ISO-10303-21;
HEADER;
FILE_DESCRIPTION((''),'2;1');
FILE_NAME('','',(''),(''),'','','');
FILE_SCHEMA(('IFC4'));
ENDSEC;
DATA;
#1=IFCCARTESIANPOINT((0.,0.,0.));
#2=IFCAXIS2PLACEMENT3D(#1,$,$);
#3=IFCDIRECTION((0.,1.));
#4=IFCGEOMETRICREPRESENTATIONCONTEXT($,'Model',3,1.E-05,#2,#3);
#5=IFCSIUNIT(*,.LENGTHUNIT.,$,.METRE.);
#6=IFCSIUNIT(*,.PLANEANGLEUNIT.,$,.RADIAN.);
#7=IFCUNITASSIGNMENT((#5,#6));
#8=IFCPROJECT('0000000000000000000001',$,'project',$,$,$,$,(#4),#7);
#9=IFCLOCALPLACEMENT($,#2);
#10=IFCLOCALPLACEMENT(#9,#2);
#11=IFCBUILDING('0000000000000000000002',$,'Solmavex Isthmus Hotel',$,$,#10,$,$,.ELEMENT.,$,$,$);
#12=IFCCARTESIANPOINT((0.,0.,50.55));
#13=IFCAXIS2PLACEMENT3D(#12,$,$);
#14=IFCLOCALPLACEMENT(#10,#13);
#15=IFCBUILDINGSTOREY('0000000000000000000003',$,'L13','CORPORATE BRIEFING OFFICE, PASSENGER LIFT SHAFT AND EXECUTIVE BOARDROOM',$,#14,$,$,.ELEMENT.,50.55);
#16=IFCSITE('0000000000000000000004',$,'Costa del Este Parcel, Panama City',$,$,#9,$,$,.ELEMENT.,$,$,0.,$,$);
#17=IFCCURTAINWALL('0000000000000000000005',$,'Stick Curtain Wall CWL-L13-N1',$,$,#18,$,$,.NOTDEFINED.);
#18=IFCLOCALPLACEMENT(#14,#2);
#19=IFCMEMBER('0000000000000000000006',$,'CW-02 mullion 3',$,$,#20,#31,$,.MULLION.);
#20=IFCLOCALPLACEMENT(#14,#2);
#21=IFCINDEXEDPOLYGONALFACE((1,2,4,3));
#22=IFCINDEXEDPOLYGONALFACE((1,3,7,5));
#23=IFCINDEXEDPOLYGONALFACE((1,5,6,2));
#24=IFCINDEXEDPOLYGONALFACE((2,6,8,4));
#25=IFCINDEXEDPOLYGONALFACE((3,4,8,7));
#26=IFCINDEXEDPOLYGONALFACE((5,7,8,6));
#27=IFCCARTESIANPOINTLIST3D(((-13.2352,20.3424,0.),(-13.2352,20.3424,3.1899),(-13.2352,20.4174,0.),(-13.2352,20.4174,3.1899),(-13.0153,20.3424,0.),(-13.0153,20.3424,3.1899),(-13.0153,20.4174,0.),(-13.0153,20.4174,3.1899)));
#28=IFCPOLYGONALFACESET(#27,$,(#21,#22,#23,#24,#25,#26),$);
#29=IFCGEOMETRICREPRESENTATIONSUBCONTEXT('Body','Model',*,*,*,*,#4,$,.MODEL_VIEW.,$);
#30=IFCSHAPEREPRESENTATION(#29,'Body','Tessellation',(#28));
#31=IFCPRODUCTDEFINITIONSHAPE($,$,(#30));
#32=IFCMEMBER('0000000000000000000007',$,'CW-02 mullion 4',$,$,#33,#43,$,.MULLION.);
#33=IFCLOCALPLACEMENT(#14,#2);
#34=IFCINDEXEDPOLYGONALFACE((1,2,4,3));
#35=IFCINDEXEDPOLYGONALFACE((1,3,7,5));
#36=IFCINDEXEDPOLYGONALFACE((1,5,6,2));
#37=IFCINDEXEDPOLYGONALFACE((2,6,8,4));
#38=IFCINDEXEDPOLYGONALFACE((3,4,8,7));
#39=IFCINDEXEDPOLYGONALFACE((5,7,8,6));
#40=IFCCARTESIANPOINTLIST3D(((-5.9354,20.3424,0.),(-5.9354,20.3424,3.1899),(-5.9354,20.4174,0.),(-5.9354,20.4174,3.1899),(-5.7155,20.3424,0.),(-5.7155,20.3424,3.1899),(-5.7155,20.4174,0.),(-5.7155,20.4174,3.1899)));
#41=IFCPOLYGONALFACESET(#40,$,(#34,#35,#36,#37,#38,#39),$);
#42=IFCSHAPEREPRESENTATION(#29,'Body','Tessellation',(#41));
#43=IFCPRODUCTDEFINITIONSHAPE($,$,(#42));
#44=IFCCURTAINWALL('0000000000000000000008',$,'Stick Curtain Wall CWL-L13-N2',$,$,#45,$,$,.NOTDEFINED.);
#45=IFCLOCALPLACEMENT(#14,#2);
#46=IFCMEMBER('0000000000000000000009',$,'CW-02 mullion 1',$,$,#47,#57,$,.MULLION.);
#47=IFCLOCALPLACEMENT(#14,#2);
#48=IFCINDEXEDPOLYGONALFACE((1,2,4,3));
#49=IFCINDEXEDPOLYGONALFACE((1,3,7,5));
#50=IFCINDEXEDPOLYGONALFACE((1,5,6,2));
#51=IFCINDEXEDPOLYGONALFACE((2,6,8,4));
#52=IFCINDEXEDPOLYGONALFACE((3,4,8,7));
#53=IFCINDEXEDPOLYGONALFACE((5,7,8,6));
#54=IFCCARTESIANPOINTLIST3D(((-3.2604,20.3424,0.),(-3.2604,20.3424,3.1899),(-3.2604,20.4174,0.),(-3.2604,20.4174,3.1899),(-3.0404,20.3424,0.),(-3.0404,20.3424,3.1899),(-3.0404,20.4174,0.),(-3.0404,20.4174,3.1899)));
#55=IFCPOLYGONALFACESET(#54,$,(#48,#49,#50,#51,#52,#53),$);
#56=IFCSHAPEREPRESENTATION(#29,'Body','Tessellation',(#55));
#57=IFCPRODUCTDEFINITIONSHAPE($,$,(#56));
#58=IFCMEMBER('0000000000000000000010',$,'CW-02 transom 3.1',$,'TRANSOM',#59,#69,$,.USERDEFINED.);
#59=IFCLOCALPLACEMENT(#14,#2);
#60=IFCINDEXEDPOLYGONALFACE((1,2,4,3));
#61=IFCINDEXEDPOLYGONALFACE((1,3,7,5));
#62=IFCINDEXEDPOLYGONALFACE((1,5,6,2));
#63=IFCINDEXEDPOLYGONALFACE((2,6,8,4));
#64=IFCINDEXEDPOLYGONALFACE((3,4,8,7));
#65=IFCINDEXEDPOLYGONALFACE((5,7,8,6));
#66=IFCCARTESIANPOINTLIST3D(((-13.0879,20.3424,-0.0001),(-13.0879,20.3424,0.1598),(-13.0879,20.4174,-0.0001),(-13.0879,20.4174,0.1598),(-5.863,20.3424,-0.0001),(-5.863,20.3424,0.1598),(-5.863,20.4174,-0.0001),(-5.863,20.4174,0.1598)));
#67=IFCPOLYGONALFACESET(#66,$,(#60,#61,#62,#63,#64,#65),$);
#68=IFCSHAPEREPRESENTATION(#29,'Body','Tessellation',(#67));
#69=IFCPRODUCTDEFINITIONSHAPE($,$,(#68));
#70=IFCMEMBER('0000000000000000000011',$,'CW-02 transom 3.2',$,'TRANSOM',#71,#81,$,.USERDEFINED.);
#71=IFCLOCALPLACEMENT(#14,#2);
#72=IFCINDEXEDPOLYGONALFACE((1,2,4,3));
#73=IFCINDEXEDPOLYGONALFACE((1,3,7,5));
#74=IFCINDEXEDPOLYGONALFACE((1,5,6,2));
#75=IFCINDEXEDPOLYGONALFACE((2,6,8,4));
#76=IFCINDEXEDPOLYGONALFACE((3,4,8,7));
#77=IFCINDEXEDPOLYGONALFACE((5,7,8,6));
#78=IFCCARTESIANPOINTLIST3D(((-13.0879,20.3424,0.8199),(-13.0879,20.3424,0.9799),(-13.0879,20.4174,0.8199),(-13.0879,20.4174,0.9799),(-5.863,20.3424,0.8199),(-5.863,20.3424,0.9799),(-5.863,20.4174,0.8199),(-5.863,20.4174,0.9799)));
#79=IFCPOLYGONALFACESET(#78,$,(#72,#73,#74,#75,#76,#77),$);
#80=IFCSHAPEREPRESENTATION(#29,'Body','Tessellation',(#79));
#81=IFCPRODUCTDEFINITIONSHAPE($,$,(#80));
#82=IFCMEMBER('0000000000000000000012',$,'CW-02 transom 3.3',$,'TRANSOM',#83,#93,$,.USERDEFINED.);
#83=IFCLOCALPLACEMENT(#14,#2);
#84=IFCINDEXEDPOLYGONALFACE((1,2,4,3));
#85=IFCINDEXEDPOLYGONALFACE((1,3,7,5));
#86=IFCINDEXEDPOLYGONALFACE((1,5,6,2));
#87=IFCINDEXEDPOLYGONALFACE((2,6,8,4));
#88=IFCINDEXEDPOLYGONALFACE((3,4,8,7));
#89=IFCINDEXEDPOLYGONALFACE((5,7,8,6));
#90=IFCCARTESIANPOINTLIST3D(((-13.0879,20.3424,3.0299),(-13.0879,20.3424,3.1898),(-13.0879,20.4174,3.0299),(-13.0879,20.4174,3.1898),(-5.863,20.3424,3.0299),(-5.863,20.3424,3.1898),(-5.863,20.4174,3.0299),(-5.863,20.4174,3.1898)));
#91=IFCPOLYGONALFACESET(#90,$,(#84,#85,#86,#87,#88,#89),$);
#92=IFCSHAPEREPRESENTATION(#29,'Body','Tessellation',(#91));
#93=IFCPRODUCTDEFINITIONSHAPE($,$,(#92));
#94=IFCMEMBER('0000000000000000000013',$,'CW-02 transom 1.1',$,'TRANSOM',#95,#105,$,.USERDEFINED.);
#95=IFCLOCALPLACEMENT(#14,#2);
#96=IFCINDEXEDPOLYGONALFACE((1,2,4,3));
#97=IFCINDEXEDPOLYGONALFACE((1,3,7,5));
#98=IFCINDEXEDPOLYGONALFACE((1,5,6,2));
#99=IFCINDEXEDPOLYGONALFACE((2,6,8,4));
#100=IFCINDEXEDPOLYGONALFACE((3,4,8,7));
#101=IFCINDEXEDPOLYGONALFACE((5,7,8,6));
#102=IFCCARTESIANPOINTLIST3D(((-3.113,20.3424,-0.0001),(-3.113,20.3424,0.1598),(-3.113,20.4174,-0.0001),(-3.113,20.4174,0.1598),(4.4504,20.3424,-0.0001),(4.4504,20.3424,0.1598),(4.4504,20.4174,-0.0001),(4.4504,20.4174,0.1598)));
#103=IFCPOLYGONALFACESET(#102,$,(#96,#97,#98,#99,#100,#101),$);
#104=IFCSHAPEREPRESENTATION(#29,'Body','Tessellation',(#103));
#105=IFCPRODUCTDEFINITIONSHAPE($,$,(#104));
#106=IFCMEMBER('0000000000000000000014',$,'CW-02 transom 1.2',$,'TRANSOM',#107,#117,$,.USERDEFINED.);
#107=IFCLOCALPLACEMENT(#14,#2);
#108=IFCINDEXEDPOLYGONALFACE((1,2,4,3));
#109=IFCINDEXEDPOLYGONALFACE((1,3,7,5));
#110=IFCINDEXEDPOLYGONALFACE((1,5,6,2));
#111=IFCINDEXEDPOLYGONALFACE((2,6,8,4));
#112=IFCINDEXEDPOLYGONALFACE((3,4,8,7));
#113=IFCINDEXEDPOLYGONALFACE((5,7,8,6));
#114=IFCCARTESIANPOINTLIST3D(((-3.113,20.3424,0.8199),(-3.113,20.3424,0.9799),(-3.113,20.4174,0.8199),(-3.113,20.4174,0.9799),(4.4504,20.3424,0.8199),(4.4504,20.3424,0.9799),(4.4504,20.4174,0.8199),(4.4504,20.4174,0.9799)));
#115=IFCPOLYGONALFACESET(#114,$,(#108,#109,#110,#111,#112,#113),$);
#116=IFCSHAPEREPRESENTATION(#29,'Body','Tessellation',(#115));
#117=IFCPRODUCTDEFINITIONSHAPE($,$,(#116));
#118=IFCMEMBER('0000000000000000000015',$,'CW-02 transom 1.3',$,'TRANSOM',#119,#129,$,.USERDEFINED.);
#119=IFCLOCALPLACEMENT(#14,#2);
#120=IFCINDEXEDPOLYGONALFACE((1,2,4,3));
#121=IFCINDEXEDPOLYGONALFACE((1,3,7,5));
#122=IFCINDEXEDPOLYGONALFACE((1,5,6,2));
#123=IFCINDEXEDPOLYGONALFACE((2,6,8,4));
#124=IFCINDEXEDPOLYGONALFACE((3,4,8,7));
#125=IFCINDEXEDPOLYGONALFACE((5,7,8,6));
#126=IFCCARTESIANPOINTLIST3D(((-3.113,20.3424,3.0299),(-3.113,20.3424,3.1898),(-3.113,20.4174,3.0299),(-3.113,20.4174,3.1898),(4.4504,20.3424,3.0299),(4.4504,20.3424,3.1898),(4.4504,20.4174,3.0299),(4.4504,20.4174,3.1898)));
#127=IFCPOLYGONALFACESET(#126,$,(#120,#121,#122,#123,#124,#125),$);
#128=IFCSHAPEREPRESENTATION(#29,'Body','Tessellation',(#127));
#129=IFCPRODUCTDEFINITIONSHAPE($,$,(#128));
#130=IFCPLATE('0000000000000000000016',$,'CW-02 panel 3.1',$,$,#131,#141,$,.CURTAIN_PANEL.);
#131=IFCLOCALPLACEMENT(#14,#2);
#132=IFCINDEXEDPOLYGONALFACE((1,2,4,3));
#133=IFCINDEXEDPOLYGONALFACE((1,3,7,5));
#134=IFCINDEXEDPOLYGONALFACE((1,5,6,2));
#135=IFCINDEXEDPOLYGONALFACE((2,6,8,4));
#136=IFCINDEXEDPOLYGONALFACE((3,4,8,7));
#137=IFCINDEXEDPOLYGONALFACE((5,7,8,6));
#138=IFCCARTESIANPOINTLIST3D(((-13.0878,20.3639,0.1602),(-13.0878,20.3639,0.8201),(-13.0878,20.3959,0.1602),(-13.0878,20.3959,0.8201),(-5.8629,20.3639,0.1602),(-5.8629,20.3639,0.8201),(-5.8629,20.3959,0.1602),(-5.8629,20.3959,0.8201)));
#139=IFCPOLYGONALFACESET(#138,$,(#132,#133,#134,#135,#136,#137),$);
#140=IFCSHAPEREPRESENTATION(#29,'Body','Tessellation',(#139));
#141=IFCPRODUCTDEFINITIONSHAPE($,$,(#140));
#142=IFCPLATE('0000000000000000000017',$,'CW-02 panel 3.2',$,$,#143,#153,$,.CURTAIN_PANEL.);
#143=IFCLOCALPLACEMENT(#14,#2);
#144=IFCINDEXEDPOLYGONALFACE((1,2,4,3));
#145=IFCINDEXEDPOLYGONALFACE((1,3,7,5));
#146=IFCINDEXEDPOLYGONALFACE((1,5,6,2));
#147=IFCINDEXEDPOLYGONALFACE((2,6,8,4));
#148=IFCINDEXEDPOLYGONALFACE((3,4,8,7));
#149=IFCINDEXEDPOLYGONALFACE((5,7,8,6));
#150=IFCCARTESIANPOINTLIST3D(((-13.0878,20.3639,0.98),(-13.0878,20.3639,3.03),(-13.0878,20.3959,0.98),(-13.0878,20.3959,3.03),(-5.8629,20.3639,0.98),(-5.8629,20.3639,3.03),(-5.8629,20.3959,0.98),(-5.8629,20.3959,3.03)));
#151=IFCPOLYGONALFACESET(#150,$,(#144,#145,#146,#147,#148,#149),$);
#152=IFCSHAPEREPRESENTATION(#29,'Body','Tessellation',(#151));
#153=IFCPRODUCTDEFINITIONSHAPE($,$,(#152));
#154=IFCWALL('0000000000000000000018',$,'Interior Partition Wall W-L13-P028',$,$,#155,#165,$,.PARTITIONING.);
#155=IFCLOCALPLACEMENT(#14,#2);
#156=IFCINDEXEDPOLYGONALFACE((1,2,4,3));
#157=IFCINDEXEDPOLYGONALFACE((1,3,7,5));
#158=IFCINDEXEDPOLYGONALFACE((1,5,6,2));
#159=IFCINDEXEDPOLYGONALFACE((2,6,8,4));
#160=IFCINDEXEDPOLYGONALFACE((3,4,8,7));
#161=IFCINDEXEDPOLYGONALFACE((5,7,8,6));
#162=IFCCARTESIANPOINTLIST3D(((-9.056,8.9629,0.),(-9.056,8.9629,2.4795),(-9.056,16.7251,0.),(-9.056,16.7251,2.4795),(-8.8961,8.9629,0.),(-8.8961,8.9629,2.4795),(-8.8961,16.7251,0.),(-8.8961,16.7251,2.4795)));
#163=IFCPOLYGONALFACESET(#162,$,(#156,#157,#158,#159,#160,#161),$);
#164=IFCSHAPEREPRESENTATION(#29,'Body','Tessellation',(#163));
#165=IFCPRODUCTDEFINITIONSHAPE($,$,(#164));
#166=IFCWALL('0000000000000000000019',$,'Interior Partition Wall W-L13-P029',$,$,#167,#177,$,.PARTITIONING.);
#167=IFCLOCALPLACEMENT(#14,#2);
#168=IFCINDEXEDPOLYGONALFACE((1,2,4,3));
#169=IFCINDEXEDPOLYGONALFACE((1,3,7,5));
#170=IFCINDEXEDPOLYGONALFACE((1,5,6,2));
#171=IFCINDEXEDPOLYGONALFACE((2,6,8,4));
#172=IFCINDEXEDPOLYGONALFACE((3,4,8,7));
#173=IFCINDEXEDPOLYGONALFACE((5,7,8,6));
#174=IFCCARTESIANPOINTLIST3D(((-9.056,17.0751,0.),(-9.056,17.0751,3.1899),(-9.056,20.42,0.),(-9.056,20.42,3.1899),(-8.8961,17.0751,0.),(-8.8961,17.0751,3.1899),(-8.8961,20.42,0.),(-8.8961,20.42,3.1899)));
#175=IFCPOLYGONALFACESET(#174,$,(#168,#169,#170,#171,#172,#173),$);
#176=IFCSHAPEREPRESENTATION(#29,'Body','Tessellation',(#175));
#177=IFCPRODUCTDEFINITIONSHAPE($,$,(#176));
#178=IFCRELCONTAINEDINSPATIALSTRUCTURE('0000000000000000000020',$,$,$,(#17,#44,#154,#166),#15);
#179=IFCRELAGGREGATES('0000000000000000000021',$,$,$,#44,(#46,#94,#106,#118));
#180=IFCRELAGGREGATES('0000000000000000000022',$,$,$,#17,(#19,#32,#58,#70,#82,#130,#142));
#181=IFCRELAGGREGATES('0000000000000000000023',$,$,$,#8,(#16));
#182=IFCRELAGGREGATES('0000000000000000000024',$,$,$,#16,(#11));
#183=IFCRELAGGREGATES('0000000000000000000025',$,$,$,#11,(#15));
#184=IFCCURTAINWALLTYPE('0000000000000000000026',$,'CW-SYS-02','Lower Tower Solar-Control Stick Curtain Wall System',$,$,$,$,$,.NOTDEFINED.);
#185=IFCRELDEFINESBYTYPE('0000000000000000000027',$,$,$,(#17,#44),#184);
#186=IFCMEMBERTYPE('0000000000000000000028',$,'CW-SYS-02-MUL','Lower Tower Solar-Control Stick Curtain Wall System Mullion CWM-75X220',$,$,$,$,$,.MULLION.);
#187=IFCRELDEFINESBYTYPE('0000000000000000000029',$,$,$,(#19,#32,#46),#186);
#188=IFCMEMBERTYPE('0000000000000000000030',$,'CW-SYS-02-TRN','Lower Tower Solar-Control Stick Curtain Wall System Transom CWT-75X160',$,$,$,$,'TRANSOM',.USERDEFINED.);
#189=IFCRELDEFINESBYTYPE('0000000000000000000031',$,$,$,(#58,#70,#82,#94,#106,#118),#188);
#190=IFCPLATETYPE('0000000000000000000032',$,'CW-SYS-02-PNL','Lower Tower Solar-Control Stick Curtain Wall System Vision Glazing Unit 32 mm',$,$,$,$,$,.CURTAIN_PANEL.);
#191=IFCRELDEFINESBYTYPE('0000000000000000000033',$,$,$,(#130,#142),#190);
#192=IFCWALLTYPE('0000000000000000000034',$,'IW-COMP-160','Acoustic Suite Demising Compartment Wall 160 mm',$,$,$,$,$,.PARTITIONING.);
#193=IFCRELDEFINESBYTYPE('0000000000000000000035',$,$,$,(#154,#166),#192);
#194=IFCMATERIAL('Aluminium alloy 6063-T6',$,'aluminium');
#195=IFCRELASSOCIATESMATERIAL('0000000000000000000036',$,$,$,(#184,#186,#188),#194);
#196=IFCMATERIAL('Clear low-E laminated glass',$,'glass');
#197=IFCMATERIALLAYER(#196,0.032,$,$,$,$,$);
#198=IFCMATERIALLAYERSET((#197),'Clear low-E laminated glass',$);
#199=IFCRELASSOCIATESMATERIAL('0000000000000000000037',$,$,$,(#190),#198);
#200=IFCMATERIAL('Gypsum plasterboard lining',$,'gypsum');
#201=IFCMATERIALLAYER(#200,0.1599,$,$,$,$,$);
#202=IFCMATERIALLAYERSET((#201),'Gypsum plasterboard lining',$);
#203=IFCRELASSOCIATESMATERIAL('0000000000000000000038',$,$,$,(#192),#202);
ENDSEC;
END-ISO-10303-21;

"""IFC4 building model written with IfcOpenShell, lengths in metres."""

from ifc_helpers import new_model, si_unit, direction, frame, frame_2d, origin, origin_2d, place, context, subcontext, project, spatial, rectangle, extrude, material, layer, layer_set, material_profile, profile_set, type_object, element, aggregate, save


model = new_model("IFC4")

# Units and contexts
model_context = context("Model", 3, precision=1e-05, world=origin(), true_north=direction((0.0, 1.0)))
body_context = subcontext(model_context, "Body", "Model", "MODEL_VIEW")
ifc_project = project(units=[si_unit("LENGTHUNIT", "METRE"), si_unit("PLANEANGLEUNIT", "RADIAN")], contexts=[model_context])

# Site, building, storey
site_placement = place(None, origin())
site = spatial("IfcSite", under=ifc_project, at=site_placement, Name="Costa del Este Parcel, Panama City", CompositionType="ELEMENT", RefElevation=0.0)
building_placement = place(site_placement, origin())
building = spatial("IfcBuilding", under=site, at=building_placement, Name="Solmavex Isthmus Hotel", CompositionType="ELEMENT")
storey_placement = place(building_placement, frame((0.0, 0.0, 50.55)))
storey = spatial("IfcBuildingStorey", under=building, at=storey_placement, Name="L13", Description="CORPORATE BRIEFING OFFICE, PASSENGER LIFT SHAFT AND EXECUTIVE BOARDROOM", CompositionType="ELEMENT", Elevation=50.55)

# Curtain wall, members
ifc_material_1 = material(Name="Aluminium alloy 6063-T6", Category="aluminium")
curtain_wall_type = type_object("IfcCurtainWallType", Name="CW-SYS-02", Description="Lower Tower Solar-Control Stick Curtain Wall System", PredefinedType="NOTDEFINED", material=ifc_material_1)
curtain_wall_1_placement = place(storey_placement, origin())
curtain_wall_1 = element("IfcCurtainWall", 1, at=curtain_wall_1_placement, inside=storey, type_object=curtain_wall_type, Name="Stick Curtain Wall CWL-L13-N1", PredefinedType="NOTDEFINED")
ifc_material_profile_1 = material_profile(ifc_material_1, rectangle(XDim=0.075, YDim=0.22, at=origin_2d()), Name="CWM-75X220")
ifc_profile_set_1 = profile_set([ifc_material_profile_1], Name="Aluminium alloy 6063-T6")
member_type_1 = type_object("IfcMemberType", Name="CW-SYS-02-MUL", Description="Lower Tower Solar-Control Stick Curtain Wall System Mullion CWM-75X220", PredefinedType="MULLION", material=ifc_profile_set_1)
member_1_placement = place(storey_placement, frame((-13.1252, 20.3799, 0.0), z_axis=(0.0, 0.0, 1.0), x_axis=(0.0, 1.0, 0.0)))
member_1 = element("IfcMember", 2, at=member_1_placement, type_object=member_type_1, Name="CW-02 mullion 3", PredefinedType="MULLION", context=body_context, shape_type="SweptSolid", body=[
    extrude(rectangle(XDim=0.075, YDim=0.22, at=origin_2d()), origin(), (0.0, 0.0, 1.0), 3.1899),
])
member_2_placement = place(storey_placement, frame((-5.8254, 20.3799, 0.0), z_axis=(0.0, 0.0, 1.0), x_axis=(0.0, 1.0, 0.0)))
member_2 = element("IfcMember", 3, at=member_2_placement, type_object=member_type_1, Name="CW-02 mullion 4", PredefinedType="MULLION", context=body_context, shape_type="SweptSolid", body=[
    extrude(rectangle(XDim=0.075, YDim=0.22, at=origin_2d()), origin(), (0.0, 0.0, 1.0), 3.1899),
])

# Curtain wall, member
curtain_wall_2_placement = place(storey_placement, origin())
curtain_wall_2 = element("IfcCurtainWall", 4, at=curtain_wall_2_placement, inside=storey, type_object=curtain_wall_type, Name="Stick Curtain Wall CWL-L13-N2", PredefinedType="NOTDEFINED")
member_3_placement = place(storey_placement, frame((-3.1504, 20.3799, 0.0), z_axis=(0.0, 0.0, 1.0), x_axis=(0.0, 1.0, 0.0)))
member_3 = element("IfcMember", 5, at=member_3_placement, type_object=member_type_1, Name="CW-02 mullion 1", PredefinedType="MULLION", context=body_context, shape_type="SweptSolid", body=[
    extrude(rectangle(XDim=0.075, YDim=0.22, at=origin_2d()), origin(), (0.0, 0.0, 1.0), 3.1899),
])

# Members
ifc_material_profile_2 = material_profile(ifc_material_1, rectangle(XDim=0.075, YDim=0.1599, at=origin_2d()), Name="CWT-75X160")
ifc_profile_set_2 = profile_set([ifc_material_profile_2], Name="Aluminium alloy 6063-T6")
member_type_2 = type_object("IfcMemberType", Name="CW-SYS-02-TRN", Description="Lower Tower Solar-Control Stick Curtain Wall System Transom CWT-75X160", ElementType="TRANSOM", PredefinedType="USERDEFINED", material=ifc_profile_set_2)
member_4_placement = place(storey_placement, frame((-13.0879, 20.3799, 0.0798), z_axis=(1.0, 0.0, 0.0), x_axis=(0.0, 1.0, 0.0)))
member_4 = element("IfcMember", 6, at=member_4_placement, type_object=member_type_2, Name="CW-02 transom 3.1", ObjectType="TRANSOM", PredefinedType="USERDEFINED", context=body_context, shape_type="SweptSolid", body=[
    extrude(rectangle(XDim=0.075, YDim=0.1599, at=origin_2d()), origin(), (0.0, 0.0, 1.0), 7.2249),
])
member_5_placement = place(storey_placement, frame((-13.0879, 20.3799, 0.8999), z_axis=(1.0, 0.0, 0.0), x_axis=(0.0, 1.0, 0.0)))
member_5 = element("IfcMember", 7, at=member_5_placement, type_object=member_type_2, Name="CW-02 transom 3.2", ObjectType="TRANSOM", PredefinedType="USERDEFINED", context=body_context, shape_type="SweptSolid", body=[
    extrude(rectangle(XDim=0.075, YDim=0.1599, at=origin_2d()), origin(), (0.0, 0.0, 1.0), 7.2249),
])
member_6_placement = place(storey_placement, frame((-13.0879, 20.3799, 3.1099), z_axis=(1.0, 0.0, 0.0), x_axis=(0.0, 1.0, 0.0)))
member_6 = element("IfcMember", 8, at=member_6_placement, type_object=member_type_2, Name="CW-02 transom 3.3", ObjectType="TRANSOM", PredefinedType="USERDEFINED", context=body_context, shape_type="SweptSolid", body=[
    extrude(rectangle(XDim=0.075, YDim=0.1599, at=origin_2d()), origin(), (0.0, 0.0, 1.0), 7.2249),
])
member_7_placement = place(storey_placement, frame((-3.113, 20.3799, 0.0798), z_axis=(1.0, 0.0, 0.0), x_axis=(0.0, 1.0, 0.0)))
member_7 = element("IfcMember", 9, at=member_7_placement, type_object=member_type_2, Name="CW-02 transom 1.1", ObjectType="TRANSOM", PredefinedType="USERDEFINED", context=body_context, shape_type="SweptSolid", body=[
    extrude(rectangle(XDim=0.075, YDim=0.1599, at=origin_2d()), origin(), (0.0, 0.0, 1.0), 7.5635),
])
member_8_placement = place(storey_placement, frame((-3.113, 20.3799, 0.8999), z_axis=(1.0, 0.0, 0.0), x_axis=(0.0, 1.0, 0.0)))
member_8 = element("IfcMember", 10, at=member_8_placement, type_object=member_type_2, Name="CW-02 transom 1.2", ObjectType="TRANSOM", PredefinedType="USERDEFINED", context=body_context, shape_type="SweptSolid", body=[
    extrude(rectangle(XDim=0.075, YDim=0.1599, at=origin_2d()), origin(), (0.0, 0.0, 1.0), 7.5635),
])
member_9_placement = place(storey_placement, frame((-3.113, 20.3799, 3.1099), z_axis=(1.0, 0.0, 0.0), x_axis=(0.0, 1.0, 0.0)))
member_9 = element("IfcMember", 11, at=member_9_placement, type_object=member_type_2, Name="CW-02 transom 1.3", ObjectType="TRANSOM", PredefinedType="USERDEFINED", context=body_context, shape_type="SweptSolid", body=[
    extrude(rectangle(XDim=0.075, YDim=0.1599, at=origin_2d()), origin(), (0.0, 0.0, 1.0), 7.5635),
])
aggregate(curtain_wall_2, [member_3, member_7, member_8, member_9])

# Plates
ifc_material_2 = material(Name="Clear low-E laminated glass", Category="glass")
ifc_layer_1 = layer(ifc_material_2, 0.032)
ifc_layer_set_1 = layer_set([ifc_layer_1], Name="Clear low-E laminated glass")
plate_type = type_object("IfcPlateType", Name="CW-SYS-02-PNL", Description="Lower Tower Solar-Control Stick Curtain Wall System Vision Glazing Unit 32 mm", PredefinedType="CURTAIN_PANEL", material=ifc_layer_set_1)
plate_1_placement = place(storey_placement, frame((-9.4753, 20.3799, 0.1602), z_axis=(0.0, 0.0, 1.0), x_axis=(1.0, 0.0, 0.0)))
plate_1 = element("IfcPlate", 12, at=plate_1_placement, type_object=plate_type, Name="CW-02 panel 3.1", PredefinedType="CURTAIN_PANEL", context=body_context, shape_type="SweptSolid", body=[
    extrude(rectangle(XDim=7.2249, YDim=0.032, at=origin_2d()), origin(), (0.0, 0.0, 1.0), 0.6599),
])
plate_2_placement = place(storey_placement, frame((-9.4753, 20.3799, 0.98), z_axis=(0.0, 0.0, 1.0), x_axis=(1.0, 0.0, 0.0)))
plate_2 = element("IfcPlate", 13, at=plate_2_placement, type_object=plate_type, Name="CW-02 panel 3.2", PredefinedType="CURTAIN_PANEL", context=body_context, shape_type="SweptSolid", body=[
    extrude(rectangle(XDim=7.2249, YDim=0.032, at=origin_2d()), origin(), (0.0, 0.0, 1.0), 2.05),
])
aggregate(curtain_wall_1, [member_1, member_2, member_4, member_5, member_6, plate_1, plate_2])

# Walls
ifc_material_3 = material(Name="Gypsum plasterboard lining", Category="gypsum")
ifc_layer_2 = layer(ifc_material_3, 0.1599)
ifc_layer_set_2 = layer_set([ifc_layer_2], Name="Gypsum plasterboard lining")
wall_type_1 = type_object("IfcWallType", Name="IW-COMP-160", Description="Acoustic Suite Demising Compartment Wall 160 mm", PredefinedType="PARTITIONING", material=ifc_layer_set_2)
wall_1_placement = place(storey_placement, frame((-8.9761, 16.7251, 0.0), z_axis=(0.0, 0.0, 1.0), x_axis=(0.0, -1.0, 0.0)))
element("IfcWall", 14, at=wall_1_placement, inside=storey, type_object=wall_type_1, Name="Interior Partition Wall W-L13-P028", PredefinedType="PARTITIONING", context=body_context, shape_type="SweptSolid", body=[
    extrude(rectangle(XDim=7.7622, YDim=0.1599, at=frame_2d((3.8811, 0.0))), origin(), (0.0, 0.0, 1.0), 2.4795),
])
wall_2_placement = place(storey_placement, frame((-8.9761, 20.4199, 0.0), z_axis=(0.0, 0.0, 1.0), x_axis=(0.0, -1.0, 0.0)))
element("IfcWall", 15, at=wall_2_placement, inside=storey, type_object=wall_type_1, Name="Interior Partition Wall W-L13-P029", PredefinedType="PARTITIONING", context=body_context, shape_type="SweptSolid", body=[
    extrude(rectangle(XDim=3.345, YDim=0.1599, at=frame_2d((1.6724, 0.0))), origin(), (0.0, 0.0, 1.0), 3.1899),
])

save(model, "model.ifc")
